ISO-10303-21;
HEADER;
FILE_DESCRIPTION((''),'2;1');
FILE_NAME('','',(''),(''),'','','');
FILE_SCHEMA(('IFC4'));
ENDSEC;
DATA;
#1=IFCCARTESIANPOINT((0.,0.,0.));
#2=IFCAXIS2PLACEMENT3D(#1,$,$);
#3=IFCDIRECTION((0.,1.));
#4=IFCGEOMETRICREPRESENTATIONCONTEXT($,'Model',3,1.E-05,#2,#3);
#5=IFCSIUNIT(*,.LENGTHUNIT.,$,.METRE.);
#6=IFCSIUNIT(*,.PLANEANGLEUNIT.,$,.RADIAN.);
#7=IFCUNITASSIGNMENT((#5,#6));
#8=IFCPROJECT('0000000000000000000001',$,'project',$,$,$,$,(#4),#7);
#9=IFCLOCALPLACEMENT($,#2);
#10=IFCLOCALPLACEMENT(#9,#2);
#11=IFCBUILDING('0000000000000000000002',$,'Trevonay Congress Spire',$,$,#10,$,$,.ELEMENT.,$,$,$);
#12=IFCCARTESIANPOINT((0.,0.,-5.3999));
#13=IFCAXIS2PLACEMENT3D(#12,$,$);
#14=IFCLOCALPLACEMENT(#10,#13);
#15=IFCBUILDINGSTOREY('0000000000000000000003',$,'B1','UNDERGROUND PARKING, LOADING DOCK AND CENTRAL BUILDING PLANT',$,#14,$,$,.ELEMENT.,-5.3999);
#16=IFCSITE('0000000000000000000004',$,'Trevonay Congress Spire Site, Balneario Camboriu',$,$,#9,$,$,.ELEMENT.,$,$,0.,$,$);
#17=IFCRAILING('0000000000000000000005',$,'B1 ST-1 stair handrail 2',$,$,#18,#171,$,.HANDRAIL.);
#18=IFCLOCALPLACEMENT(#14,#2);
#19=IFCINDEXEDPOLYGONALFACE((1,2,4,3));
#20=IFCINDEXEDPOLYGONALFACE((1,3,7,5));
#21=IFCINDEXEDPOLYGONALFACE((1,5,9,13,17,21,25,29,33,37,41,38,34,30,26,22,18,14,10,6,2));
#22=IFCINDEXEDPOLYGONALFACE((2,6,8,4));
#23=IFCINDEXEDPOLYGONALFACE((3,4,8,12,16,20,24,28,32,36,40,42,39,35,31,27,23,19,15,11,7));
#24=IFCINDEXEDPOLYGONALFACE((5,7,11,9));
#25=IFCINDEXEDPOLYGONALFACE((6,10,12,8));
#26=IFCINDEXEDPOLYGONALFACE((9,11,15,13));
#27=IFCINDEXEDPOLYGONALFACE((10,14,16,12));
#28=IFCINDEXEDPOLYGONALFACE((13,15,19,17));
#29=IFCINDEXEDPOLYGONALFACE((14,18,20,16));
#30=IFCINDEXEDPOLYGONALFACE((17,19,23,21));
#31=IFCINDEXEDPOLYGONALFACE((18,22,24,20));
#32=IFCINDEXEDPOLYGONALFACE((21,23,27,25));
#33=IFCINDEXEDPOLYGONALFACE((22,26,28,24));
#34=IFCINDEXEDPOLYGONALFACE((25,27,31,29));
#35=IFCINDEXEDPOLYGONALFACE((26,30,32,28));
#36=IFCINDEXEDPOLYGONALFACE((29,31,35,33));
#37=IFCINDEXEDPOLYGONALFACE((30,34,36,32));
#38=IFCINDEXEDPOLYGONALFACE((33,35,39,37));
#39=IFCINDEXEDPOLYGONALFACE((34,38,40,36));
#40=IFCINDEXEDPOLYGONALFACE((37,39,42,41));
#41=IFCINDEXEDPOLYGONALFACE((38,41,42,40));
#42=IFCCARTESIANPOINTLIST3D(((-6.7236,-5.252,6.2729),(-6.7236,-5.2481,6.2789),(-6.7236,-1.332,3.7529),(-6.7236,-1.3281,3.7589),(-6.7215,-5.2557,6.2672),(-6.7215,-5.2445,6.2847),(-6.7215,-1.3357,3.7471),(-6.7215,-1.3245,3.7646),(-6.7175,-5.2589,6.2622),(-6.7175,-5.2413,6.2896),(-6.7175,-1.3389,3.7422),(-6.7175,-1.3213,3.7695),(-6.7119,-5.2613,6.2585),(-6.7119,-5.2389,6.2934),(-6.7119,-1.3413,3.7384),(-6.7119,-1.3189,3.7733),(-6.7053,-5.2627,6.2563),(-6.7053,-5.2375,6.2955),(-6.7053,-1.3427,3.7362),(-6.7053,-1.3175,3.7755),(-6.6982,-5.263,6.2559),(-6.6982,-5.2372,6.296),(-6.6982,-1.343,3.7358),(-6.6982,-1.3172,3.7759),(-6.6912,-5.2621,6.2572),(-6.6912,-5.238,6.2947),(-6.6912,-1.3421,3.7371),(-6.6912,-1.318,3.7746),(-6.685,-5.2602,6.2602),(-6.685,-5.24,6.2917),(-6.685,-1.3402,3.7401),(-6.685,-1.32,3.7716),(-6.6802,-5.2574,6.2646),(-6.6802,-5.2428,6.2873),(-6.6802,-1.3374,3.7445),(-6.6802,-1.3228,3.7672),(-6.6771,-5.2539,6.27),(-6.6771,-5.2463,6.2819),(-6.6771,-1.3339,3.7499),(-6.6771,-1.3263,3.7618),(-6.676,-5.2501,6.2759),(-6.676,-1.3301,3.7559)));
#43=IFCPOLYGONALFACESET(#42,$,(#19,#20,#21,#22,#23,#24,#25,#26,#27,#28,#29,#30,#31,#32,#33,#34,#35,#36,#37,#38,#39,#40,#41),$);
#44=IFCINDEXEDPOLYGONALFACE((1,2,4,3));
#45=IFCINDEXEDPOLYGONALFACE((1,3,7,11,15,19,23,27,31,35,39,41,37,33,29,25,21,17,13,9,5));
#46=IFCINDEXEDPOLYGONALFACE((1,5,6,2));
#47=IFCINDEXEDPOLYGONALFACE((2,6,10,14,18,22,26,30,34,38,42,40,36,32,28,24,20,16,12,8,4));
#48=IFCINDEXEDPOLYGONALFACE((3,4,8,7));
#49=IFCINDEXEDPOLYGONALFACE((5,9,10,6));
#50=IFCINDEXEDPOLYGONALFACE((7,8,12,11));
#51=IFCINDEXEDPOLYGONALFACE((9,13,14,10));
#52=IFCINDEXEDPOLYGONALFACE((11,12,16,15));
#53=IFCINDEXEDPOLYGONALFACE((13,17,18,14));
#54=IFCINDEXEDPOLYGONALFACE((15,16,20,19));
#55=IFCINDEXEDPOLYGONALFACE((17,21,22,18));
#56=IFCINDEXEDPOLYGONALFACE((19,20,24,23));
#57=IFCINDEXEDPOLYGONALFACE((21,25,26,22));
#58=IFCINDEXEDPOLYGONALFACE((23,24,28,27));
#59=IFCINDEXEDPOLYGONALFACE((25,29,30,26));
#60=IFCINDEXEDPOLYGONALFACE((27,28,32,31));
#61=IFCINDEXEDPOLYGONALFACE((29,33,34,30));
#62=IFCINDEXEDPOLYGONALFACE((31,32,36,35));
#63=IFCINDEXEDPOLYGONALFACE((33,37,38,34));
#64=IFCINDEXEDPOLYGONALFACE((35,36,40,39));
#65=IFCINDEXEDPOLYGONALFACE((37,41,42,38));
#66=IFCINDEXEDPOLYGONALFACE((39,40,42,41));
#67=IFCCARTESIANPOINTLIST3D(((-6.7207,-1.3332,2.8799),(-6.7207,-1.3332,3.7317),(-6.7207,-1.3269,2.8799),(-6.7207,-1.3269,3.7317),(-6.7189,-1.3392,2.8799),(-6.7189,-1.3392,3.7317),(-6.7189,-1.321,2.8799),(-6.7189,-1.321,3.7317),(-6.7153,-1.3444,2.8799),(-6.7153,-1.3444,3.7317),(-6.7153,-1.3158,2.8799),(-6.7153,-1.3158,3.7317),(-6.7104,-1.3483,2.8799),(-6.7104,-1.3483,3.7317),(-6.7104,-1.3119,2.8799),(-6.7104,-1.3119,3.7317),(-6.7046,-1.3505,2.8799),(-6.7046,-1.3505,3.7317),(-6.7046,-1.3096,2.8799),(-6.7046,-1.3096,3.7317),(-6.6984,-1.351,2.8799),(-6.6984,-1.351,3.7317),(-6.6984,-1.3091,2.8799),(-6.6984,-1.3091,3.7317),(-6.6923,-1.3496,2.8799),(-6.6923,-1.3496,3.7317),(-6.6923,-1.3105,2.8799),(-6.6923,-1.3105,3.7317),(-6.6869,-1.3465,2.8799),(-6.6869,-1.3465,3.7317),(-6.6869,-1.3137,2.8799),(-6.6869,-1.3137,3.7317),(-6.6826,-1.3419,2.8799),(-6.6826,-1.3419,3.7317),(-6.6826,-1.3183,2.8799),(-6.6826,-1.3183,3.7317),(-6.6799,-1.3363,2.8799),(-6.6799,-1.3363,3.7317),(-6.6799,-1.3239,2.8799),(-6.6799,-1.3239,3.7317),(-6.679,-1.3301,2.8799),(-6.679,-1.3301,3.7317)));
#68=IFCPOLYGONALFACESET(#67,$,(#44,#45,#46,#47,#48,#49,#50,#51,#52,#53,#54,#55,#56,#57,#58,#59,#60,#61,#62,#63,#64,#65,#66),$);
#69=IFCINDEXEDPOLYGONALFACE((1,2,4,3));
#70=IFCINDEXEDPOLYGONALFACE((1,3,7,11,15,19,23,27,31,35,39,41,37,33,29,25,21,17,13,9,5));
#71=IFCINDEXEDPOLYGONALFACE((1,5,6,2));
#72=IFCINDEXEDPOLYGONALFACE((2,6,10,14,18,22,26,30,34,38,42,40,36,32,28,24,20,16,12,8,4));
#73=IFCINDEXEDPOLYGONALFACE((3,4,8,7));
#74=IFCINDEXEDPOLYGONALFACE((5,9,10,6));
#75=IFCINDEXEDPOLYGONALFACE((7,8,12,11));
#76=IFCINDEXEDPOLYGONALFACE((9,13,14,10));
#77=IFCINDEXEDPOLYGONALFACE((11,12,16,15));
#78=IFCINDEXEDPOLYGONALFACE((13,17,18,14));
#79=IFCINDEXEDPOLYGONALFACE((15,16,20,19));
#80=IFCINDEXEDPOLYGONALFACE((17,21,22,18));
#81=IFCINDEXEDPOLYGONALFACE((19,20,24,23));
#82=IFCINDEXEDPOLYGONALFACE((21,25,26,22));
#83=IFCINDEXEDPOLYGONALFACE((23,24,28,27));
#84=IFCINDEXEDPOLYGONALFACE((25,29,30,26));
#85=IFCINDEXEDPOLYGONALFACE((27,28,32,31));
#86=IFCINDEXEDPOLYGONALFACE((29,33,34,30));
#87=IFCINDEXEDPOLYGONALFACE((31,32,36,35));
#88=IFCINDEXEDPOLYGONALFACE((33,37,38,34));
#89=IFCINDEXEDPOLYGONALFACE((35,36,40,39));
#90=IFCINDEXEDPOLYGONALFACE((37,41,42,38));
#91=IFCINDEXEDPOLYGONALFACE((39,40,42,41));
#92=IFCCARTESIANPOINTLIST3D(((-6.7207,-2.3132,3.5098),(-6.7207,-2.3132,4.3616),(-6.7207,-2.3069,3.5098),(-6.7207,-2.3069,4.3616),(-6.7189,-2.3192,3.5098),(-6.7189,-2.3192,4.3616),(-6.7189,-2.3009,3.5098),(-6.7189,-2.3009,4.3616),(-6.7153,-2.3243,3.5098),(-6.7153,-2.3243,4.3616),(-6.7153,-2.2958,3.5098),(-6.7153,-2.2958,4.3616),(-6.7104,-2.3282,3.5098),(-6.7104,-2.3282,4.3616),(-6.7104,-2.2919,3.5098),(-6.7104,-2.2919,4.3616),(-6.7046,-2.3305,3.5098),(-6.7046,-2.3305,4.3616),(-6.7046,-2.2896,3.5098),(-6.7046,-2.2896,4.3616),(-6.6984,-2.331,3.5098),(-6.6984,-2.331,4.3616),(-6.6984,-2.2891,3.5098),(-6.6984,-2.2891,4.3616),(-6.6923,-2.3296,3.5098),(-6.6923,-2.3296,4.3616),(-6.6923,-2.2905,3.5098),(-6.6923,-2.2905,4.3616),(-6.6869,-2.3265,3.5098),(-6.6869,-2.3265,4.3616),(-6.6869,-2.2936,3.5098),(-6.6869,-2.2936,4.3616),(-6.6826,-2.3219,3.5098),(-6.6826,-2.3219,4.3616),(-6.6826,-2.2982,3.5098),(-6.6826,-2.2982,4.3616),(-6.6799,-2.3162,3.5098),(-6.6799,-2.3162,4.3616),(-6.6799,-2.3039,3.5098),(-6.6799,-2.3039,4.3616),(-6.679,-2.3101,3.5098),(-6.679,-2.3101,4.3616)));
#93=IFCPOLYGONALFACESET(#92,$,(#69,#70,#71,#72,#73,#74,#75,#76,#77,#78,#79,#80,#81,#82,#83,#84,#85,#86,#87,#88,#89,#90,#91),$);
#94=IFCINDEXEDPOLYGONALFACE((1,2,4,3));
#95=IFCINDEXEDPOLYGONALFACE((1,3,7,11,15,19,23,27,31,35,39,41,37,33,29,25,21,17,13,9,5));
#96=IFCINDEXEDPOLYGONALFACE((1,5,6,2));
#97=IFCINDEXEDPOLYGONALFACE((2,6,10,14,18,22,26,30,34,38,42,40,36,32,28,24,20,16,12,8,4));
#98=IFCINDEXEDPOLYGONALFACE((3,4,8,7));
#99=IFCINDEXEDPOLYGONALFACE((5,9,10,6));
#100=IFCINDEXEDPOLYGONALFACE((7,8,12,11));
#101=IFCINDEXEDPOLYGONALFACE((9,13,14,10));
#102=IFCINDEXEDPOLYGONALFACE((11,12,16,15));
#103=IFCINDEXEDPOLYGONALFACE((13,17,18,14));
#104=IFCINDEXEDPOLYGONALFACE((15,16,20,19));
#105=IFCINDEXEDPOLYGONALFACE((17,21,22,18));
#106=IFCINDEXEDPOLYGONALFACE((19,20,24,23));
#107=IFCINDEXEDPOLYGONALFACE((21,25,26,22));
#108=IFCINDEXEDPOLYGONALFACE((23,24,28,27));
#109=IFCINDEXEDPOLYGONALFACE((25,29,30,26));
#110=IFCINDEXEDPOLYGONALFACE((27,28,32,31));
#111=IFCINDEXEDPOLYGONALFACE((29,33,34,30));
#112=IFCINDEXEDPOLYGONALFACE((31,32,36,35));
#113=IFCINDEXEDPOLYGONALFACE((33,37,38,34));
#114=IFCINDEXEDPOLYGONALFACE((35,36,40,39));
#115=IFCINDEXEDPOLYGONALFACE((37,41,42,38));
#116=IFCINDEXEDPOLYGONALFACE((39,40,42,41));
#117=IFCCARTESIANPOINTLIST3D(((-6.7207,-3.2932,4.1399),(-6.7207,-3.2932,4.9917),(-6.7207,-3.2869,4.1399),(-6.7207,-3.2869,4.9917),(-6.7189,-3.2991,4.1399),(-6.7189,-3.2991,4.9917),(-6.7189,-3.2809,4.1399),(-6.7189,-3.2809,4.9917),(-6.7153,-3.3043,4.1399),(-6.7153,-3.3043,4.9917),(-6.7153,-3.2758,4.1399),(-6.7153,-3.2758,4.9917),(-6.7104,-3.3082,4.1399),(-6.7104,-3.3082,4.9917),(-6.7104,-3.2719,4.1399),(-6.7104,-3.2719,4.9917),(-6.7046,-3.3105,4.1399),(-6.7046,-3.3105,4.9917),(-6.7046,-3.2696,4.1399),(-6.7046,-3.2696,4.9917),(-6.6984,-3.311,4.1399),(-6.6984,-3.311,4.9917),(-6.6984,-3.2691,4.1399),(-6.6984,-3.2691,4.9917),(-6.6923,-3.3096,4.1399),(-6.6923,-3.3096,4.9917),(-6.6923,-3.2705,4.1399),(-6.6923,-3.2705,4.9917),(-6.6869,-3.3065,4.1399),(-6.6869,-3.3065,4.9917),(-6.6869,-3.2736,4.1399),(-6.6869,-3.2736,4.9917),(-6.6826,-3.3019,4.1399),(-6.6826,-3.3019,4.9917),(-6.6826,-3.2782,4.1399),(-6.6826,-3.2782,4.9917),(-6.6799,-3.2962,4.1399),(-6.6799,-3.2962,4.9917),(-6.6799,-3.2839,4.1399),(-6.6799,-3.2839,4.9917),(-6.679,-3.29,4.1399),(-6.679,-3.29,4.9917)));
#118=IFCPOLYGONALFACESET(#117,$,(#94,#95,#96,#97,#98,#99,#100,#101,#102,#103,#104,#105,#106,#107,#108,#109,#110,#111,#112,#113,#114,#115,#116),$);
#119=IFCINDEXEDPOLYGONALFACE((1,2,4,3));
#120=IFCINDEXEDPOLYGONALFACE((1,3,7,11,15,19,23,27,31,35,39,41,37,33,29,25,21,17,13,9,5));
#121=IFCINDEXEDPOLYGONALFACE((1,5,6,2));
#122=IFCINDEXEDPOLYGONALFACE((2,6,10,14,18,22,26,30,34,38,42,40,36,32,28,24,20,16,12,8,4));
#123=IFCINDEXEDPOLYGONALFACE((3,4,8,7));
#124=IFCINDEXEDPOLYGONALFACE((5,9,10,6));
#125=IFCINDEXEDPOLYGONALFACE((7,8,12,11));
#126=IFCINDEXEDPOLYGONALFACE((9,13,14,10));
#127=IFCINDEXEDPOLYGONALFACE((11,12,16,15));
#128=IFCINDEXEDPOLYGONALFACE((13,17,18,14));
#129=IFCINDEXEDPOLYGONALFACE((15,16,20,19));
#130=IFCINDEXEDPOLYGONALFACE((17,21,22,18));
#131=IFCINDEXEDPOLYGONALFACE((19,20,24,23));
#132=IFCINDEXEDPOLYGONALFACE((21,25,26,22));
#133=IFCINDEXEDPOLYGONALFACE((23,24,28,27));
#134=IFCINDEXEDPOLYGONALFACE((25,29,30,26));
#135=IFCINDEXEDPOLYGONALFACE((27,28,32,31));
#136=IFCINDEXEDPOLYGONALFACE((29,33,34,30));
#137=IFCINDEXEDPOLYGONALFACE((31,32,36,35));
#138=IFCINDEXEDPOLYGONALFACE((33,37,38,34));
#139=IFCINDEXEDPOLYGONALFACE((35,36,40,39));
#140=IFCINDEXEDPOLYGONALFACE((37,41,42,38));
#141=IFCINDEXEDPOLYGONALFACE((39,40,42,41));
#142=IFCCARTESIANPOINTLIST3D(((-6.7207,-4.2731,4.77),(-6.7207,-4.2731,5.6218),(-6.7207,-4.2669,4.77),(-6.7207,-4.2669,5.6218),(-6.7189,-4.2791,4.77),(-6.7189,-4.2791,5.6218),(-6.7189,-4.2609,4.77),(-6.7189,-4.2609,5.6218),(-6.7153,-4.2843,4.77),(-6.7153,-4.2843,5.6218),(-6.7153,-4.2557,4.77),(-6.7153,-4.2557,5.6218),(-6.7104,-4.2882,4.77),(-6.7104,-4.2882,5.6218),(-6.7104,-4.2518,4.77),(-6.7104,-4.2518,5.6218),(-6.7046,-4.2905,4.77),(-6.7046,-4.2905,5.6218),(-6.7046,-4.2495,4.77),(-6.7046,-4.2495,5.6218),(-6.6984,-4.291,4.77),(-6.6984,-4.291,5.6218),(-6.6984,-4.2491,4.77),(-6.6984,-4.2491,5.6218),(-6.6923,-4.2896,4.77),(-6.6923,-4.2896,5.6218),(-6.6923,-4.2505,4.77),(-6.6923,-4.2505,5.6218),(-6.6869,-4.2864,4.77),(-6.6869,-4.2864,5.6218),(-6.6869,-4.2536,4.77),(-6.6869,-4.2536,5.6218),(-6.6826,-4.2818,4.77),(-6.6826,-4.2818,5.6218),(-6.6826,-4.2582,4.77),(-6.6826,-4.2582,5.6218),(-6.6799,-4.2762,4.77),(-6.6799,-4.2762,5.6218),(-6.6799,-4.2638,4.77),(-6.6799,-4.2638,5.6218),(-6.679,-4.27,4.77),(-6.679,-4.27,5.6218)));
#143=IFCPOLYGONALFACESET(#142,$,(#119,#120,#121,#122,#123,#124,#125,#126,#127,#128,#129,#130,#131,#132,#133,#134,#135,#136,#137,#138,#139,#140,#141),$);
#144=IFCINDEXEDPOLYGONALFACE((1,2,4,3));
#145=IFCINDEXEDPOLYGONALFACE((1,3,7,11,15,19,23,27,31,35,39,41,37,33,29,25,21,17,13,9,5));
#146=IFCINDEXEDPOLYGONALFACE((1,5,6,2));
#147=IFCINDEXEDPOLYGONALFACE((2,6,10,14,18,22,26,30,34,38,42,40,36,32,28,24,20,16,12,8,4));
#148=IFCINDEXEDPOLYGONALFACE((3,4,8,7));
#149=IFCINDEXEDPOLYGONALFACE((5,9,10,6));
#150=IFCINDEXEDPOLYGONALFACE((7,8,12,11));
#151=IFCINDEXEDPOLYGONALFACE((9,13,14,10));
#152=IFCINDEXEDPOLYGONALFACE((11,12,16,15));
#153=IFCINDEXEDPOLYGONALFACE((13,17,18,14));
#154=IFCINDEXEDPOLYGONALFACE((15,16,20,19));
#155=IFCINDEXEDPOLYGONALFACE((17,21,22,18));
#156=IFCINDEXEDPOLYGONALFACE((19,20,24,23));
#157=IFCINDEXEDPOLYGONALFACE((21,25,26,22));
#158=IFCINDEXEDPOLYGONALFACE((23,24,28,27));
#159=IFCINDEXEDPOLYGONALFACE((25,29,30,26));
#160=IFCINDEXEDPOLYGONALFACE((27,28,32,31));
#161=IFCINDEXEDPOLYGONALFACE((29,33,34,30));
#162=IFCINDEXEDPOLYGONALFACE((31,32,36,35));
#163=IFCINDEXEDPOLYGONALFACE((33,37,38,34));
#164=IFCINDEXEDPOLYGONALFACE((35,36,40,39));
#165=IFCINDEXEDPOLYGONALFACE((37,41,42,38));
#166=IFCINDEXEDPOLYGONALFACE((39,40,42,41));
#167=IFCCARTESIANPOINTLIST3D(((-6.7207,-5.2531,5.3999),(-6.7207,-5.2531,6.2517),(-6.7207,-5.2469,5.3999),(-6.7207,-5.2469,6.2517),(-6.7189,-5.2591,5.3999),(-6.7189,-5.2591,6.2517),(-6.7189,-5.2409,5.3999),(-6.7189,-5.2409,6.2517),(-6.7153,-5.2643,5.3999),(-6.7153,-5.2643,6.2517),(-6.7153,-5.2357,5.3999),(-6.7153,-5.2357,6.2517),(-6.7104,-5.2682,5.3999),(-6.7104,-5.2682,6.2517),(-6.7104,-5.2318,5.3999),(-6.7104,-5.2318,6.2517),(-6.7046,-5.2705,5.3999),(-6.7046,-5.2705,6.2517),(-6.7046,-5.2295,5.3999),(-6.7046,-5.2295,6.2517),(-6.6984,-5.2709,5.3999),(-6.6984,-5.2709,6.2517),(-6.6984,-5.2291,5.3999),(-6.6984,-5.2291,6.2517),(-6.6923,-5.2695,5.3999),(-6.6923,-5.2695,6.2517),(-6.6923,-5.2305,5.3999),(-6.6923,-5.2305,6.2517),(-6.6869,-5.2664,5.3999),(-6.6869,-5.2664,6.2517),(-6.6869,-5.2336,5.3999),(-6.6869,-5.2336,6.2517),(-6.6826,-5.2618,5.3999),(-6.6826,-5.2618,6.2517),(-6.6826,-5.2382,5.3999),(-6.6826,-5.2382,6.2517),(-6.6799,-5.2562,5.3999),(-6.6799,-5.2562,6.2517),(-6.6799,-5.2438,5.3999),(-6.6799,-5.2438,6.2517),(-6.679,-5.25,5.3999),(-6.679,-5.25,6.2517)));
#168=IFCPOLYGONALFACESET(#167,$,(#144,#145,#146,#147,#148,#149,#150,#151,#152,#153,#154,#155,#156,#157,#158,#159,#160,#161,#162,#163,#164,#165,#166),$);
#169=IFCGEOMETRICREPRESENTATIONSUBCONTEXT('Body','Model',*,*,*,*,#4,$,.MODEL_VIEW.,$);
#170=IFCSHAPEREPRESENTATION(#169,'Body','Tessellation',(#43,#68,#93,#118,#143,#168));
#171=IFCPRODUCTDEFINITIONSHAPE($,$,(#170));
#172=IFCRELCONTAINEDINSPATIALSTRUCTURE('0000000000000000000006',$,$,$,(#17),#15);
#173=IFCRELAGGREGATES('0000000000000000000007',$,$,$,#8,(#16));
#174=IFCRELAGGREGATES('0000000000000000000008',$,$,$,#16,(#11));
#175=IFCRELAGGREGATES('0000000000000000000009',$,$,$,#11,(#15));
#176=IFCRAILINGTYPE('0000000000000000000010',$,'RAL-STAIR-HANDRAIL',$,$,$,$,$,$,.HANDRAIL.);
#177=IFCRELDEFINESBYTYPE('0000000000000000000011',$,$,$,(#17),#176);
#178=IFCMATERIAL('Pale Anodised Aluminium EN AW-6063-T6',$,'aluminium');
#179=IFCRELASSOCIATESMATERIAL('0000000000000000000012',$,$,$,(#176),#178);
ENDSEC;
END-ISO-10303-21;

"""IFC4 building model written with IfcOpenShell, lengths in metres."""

from ifc_helpers import new_model, si_unit, direction, frame, origin, origin_2d, place, context, subcontext, project, spatial, circle, extrude, material, type_object, element, save


model = new_model("IFC4")

# Units and contexts
model_context = context("Model", 3, precision=1e-05, world=origin(), true_north=direction((0.0, 1.0)))
body_context = subcontext(model_context, "Body", "Model", "MODEL_VIEW")
ifc_project = project(units=[si_unit("LENGTHUNIT", "METRE"), si_unit("PLANEANGLEUNIT", "RADIAN")], contexts=[model_context])

# Site, building, storey
site_placement = place(None, origin())
site = spatial("IfcSite", under=ifc_project, at=site_placement, Name="Trevonay Congress Spire Site, Balneario Camboriu", CompositionType="ELEMENT", RefElevation=0.0)
building_placement = place(site_placement, origin())
building = spatial("IfcBuilding", under=site, at=building_placement, Name="Trevonay Congress Spire", CompositionType="ELEMENT")
storey_placement = place(building_placement, frame((0.0, 0.0, -5.3999)))
storey = spatial("IfcBuildingStorey", under=building, at=storey_placement, Name="B1", Description="UNDERGROUND PARKING, LOADING DOCK AND CENTRAL BUILDING PLANT", CompositionType="ELEMENT", Elevation=-5.3999)

# Railing
ifc_material_1 = material(Name="Pale Anodised Aluminium EN AW-6063-T6", Category="aluminium")
railing_type_1 = type_object("IfcRailingType", Name="RAL-STAIR-HANDRAIL", PredefinedType="HANDRAIL", material=ifc_material_1)
railing_1_placement = place(storey_placement, frame((-6.7, -1.3301, 2.8799)))
element("IfcRailing", 1, at=railing_1_placement, inside=storey, type_object=railing_type_1, Name="B1 ST-1 stair handrail 2", PredefinedType="HANDRAIL", context=body_context, shape_type="SweptSolid", body=[
    extrude(circle(Radius=0.0239, at=origin_2d()), frame((0.0, 0.0, 0.876), z_axis=(0.0, -0.841172, 0.540768), x_axis=(1.0, 0.0, 0.0)), (0.0, 0.0, 1.0), 4.6602),
    extrude(circle(Radius=0.021, at=origin_2d()), origin(), (0.0, 0.0, 1.0), 0.8518),
    extrude(circle(Radius=0.021, at=origin_2d()), frame((0.0, -0.98, 0.6299)), (0.0, 0.0, 1.0), 0.8518),
    extrude(circle(Radius=0.021, at=origin_2d()), frame((0.0, -1.96, 1.26)), (0.0, 0.0, 1.0), 0.8518),
    extrude(circle(Radius=0.021, at=origin_2d()), frame((0.0, -2.9399, 1.8901)), (0.0, 0.0, 1.0), 0.8518),
    extrude(circle(Radius=0.021, at=origin_2d()), frame((0.0, -3.9199, 2.52)), (0.0, 0.0, 1.0), 0.8518),
])

save(model, "model.ifc")
